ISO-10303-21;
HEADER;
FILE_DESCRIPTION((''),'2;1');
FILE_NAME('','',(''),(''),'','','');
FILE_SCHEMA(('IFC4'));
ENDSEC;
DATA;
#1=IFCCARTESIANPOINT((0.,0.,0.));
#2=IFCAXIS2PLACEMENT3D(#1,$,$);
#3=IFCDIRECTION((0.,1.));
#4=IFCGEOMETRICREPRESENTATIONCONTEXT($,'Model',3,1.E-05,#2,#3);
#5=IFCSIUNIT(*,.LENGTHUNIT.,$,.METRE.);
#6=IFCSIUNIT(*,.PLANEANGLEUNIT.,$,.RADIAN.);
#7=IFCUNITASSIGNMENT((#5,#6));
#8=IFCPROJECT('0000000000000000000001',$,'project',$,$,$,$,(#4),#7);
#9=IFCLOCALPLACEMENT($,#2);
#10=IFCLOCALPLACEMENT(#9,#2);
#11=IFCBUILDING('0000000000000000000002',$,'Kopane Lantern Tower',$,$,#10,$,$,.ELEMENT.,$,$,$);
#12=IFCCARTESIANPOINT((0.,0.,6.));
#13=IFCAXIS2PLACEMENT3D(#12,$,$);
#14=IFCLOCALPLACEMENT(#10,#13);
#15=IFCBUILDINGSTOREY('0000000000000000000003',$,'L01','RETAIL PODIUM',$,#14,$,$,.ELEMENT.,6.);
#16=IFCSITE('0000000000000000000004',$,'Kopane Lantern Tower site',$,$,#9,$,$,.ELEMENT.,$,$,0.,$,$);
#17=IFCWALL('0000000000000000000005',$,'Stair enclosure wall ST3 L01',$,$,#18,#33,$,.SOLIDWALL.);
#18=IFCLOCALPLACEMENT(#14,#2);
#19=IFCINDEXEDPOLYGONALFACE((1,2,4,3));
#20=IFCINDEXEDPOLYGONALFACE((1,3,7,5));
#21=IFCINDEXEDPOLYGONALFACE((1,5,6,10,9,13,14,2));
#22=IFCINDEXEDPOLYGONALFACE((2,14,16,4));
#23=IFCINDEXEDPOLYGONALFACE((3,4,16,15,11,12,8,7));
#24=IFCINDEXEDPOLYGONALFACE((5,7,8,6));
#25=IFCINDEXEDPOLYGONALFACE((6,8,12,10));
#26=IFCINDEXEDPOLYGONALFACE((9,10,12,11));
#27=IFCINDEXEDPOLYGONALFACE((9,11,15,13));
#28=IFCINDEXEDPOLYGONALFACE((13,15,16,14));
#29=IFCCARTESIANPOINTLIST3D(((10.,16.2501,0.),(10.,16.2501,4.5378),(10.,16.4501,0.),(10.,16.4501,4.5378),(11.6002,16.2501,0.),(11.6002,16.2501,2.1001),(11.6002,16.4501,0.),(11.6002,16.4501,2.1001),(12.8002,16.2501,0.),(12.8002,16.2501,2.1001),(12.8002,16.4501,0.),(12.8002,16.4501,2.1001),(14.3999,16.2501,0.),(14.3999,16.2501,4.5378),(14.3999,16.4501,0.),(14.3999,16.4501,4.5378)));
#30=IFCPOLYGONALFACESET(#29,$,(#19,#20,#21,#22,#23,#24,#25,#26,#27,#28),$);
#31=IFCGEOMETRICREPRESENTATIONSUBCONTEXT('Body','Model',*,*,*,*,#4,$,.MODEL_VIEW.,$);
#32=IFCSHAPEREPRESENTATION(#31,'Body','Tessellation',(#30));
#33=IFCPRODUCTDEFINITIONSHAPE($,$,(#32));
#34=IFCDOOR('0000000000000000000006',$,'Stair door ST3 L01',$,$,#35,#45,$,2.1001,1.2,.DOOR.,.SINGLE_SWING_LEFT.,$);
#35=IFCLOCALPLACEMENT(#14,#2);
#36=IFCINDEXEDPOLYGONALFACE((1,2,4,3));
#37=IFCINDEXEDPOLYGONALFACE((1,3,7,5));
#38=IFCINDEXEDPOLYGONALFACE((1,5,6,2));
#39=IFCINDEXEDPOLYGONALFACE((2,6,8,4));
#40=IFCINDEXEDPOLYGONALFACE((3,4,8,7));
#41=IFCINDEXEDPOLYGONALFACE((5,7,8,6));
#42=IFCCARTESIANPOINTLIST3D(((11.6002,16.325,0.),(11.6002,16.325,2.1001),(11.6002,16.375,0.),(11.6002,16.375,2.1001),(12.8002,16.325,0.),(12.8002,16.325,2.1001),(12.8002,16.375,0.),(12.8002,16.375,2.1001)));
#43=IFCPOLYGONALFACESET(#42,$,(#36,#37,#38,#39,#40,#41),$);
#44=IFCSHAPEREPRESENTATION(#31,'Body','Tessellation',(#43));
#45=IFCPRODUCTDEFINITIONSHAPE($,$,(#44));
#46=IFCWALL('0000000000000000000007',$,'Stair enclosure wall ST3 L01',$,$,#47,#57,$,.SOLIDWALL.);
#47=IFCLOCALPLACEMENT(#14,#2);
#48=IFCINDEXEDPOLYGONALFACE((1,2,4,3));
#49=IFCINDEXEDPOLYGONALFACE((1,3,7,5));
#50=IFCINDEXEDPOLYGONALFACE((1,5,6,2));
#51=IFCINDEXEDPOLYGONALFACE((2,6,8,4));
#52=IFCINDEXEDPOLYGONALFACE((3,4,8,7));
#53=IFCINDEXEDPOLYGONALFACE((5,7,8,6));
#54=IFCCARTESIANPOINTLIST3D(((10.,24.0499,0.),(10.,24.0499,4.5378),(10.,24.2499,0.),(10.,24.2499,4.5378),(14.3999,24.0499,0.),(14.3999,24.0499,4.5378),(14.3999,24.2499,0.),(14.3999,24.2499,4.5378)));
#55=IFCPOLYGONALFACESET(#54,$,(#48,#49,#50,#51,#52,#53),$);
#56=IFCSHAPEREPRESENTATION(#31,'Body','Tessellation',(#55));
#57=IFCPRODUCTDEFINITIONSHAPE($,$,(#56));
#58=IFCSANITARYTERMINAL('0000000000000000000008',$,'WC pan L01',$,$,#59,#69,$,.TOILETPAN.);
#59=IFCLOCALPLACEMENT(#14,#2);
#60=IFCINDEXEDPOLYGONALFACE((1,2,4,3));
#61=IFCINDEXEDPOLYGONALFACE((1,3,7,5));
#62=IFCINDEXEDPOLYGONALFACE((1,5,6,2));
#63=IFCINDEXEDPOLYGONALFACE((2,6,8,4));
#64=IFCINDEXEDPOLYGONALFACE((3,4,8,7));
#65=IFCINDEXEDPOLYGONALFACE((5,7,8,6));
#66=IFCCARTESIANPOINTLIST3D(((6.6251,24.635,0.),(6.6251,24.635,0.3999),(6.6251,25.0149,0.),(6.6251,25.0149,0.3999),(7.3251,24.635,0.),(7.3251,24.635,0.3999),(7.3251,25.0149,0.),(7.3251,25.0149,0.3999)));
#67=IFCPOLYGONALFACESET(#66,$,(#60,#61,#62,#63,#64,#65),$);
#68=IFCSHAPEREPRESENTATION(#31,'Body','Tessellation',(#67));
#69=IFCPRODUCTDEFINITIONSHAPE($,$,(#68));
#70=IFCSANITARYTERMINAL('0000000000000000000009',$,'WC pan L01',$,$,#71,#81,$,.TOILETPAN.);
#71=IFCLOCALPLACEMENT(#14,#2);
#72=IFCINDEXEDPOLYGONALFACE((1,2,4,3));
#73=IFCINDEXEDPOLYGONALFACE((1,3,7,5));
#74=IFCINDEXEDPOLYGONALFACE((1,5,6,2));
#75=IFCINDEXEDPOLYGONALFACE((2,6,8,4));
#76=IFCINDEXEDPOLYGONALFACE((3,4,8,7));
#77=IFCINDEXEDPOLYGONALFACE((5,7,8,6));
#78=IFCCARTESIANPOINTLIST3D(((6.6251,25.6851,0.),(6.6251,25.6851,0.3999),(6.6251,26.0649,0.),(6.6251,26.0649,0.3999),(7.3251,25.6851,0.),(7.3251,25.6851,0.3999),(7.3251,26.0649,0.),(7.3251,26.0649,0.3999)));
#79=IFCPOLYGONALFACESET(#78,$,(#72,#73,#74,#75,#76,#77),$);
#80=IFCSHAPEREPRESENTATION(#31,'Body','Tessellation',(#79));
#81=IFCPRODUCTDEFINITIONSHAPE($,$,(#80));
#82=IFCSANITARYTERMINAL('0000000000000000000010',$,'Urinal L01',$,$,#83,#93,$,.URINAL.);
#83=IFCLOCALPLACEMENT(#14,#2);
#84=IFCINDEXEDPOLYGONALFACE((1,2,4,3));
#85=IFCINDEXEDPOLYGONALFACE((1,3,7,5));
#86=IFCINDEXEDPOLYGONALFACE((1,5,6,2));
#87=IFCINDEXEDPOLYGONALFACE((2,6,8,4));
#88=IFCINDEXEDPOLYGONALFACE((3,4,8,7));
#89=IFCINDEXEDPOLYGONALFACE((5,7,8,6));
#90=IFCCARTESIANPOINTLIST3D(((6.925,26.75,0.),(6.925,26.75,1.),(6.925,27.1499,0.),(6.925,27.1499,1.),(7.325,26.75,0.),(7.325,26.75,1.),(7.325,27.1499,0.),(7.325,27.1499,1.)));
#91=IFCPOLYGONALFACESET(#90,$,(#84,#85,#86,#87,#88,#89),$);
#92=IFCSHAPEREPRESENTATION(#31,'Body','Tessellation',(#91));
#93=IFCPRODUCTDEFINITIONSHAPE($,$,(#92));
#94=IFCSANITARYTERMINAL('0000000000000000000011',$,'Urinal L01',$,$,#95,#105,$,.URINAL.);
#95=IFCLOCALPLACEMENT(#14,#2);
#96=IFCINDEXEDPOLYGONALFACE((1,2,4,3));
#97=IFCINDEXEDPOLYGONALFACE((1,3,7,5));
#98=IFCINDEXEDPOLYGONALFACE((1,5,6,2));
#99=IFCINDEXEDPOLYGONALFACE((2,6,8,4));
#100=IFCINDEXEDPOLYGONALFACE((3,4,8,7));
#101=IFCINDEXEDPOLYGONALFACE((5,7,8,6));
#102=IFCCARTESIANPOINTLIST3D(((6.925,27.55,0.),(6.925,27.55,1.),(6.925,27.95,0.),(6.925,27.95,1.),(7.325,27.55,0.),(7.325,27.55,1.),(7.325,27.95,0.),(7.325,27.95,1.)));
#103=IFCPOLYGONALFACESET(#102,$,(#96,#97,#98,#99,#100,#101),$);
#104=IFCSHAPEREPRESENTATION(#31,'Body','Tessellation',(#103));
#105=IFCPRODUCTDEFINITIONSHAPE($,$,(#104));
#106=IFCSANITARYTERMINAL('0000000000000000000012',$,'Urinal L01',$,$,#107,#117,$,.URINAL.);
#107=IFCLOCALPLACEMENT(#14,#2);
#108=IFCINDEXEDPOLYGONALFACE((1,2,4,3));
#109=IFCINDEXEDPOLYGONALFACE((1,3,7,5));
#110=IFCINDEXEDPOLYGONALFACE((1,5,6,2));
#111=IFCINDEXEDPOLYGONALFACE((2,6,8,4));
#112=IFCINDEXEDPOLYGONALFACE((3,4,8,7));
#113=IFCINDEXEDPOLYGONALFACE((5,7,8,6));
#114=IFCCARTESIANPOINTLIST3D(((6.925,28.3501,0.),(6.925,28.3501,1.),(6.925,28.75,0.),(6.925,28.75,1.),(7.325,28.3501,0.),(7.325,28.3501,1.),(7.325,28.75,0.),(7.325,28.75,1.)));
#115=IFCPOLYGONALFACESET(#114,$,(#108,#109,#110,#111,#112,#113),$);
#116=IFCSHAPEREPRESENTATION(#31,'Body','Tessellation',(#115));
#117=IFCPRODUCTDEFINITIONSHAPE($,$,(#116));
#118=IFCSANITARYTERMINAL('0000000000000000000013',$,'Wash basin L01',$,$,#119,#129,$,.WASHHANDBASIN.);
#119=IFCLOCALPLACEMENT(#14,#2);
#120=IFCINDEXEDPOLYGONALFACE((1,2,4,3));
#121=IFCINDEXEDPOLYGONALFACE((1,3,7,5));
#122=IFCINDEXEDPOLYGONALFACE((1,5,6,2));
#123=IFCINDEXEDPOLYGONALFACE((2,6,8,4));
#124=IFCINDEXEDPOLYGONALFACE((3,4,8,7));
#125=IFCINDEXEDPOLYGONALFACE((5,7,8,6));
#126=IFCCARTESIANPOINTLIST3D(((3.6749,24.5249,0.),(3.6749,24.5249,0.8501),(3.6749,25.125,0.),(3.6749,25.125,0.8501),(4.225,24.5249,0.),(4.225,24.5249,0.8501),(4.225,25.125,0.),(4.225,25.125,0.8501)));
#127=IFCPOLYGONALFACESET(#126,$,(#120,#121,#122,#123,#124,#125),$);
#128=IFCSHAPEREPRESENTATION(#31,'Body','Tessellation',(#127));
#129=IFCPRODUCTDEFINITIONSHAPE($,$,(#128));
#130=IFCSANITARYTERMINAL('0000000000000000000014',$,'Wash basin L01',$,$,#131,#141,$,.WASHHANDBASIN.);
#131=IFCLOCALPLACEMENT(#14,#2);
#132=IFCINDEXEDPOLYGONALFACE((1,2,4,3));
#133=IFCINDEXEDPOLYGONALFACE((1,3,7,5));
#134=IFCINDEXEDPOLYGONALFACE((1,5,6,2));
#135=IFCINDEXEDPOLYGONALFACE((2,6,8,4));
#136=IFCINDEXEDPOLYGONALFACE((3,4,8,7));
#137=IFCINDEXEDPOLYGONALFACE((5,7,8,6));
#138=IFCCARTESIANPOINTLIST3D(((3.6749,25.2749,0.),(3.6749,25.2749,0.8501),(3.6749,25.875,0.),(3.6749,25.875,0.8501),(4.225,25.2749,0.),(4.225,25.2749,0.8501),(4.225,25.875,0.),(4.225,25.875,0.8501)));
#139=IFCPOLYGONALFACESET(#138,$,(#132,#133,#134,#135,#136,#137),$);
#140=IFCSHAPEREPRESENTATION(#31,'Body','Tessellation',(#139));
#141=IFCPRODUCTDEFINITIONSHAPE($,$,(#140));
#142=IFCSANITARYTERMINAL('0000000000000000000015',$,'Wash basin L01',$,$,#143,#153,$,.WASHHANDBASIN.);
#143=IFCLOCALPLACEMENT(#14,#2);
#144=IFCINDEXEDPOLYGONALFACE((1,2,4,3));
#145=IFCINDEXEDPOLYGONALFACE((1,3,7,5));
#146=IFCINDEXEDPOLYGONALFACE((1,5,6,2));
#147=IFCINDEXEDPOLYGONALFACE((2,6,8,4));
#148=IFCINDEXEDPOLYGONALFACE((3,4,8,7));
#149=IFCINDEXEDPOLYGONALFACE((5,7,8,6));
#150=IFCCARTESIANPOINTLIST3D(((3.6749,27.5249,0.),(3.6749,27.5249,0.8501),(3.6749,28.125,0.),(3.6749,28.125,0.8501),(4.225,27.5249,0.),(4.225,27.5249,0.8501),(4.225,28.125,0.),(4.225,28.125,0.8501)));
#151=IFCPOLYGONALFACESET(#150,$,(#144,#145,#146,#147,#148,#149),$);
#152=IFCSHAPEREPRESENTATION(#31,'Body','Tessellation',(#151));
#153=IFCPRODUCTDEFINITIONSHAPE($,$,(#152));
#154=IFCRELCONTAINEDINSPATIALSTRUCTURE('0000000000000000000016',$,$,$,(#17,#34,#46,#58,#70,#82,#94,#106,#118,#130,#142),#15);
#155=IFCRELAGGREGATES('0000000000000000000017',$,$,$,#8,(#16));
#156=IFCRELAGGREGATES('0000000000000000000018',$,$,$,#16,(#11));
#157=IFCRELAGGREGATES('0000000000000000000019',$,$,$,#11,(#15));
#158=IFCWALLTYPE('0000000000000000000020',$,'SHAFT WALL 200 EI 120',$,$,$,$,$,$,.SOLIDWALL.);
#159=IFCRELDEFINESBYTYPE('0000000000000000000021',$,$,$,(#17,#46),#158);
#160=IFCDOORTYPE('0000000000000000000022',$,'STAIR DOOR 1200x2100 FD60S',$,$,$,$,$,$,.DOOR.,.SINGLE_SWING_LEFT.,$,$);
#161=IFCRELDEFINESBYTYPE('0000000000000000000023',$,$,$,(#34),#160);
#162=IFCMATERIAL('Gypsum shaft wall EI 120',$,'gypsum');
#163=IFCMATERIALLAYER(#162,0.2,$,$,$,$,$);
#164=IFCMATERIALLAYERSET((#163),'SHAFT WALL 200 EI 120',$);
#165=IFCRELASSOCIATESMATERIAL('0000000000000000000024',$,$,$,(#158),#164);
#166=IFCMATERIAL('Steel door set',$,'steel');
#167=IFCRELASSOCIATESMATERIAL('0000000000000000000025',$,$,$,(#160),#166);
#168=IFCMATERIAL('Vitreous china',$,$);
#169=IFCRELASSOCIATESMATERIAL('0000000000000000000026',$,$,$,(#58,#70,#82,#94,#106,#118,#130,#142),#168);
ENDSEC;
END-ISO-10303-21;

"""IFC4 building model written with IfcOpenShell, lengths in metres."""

from ifc_helpers import new_model, si_unit, direction, frame, frame_2d, origin, origin_2d, place, context, subcontext, project, spatial, rectangle, extrude, material, layer, layer_set, type_object, element, fill, save


model = new_model("IFC4")

# Units and contexts
model_context = context("Model", 3, precision=1e-05, world=origin(), true_north=direction((0.0, 1.0)))
body_context = subcontext(model_context, "Body", "Model", "MODEL_VIEW")
ifc_project = project(units=[si_unit("LENGTHUNIT", "METRE"), si_unit("PLANEANGLEUNIT", "RADIAN")], contexts=[model_context])

# Site, building, storey
site_placement = place(None, origin())
site = spatial("IfcSite", under=ifc_project, at=site_placement, Name="Kopane Lantern Tower site", CompositionType="ELEMENT", RefElevation=0.0)
building_placement = place(site_placement, origin())
building = spatial("IfcBuilding", under=site, at=building_placement, Name="Kopane Lantern Tower", CompositionType="ELEMENT")
storey_placement = place(building_placement, frame((0.0, 0.0, 6.0)))
storey = spatial("IfcBuildingStorey", under=building, at=storey_placement, Name="L01", Description="RETAIL PODIUM", CompositionType="ELEMENT", Elevation=6.0)

# Wall, opening, door
ifc_material_1 = material(Name="Gypsum shaft wall EI 120", Category="gypsum")
ifc_layer_1 = layer(ifc_material_1, 0.2)
ifc_layer_set_1 = layer_set([ifc_layer_1], Name="SHAFT WALL 200 EI 120")
wall_type_1 = type_object("IfcWallType", Name="SHAFT WALL 200 EI 120", PredefinedType="SOLIDWALL", material=ifc_layer_set_1)
wall_1_placement = place(storey_placement, frame((10.0, 16.3501, 0.0), z_axis=(0.0, 0.0, 1.0), x_axis=(1.0, 0.0, 0.0)))
wall_1 = element("IfcWall", 1, at=wall_1_placement, inside=storey, type_object=wall_type_1, Name="Stair enclosure wall ST3 L01", PredefinedType="SOLIDWALL", context=body_context, shape_type="SweptSolid", body=[
    extrude(rectangle(XDim=4.3999, YDim=0.2, at=frame_2d((2.2, 0.0))), origin(), (0.0, 0.0, 1.0), 4.5378),
])
opening_1_placement = place(wall_1_placement, frame((1.6001, 0.0, 0.0)))
opening_1 = element("IfcOpeningElement", 2, at=opening_1_placement, cuts=wall_1, PredefinedType="OPENING", context=body_context, shape_type="SweptSolid", body=[
    extrude(rectangle(XDim=1.2, YDim=2.1001, at=frame_2d((0.6001, 1.05))), frame((0.0, 0.1099, 0.0), z_axis=(0.0, -1.0, 0.0), x_axis=(1.0, 0.0, 0.0)), (0.0, 0.0, 1.0), 0.22),
])
ifc_material_2 = material(Name="Steel door set", Category="steel")
door_type_1 = type_object("IfcDoorType", Name="STAIR DOOR 1200x2100 FD60S", OperationType="SINGLE_SWING_LEFT", PredefinedType="DOOR", material=ifc_material_2)
door_1_placement = place(opening_1_placement, origin())
door_1 = element("IfcDoor", 3, at=door_1_placement, inside=storey, type_object=door_type_1, Name="Stair door ST3 L01", OperationType="SINGLE_SWING_LEFT", OverallHeight=2.1001, OverallWidth=1.2, PredefinedType="DOOR", context=body_context, shape_type="SweptSolid", body=[
    extrude(rectangle(XDim=1.2, YDim=2.1001, at=frame_2d((0.6001, 1.05))), frame((0.0, 0.0249, 0.0), z_axis=(0.0, -1.0, 0.0), x_axis=(1.0, 0.0, 0.0)), (0.0, 0.0, 1.0), 0.05),
])
fill(opening_1, door_1)

# Wall
wall_2_placement = place(storey_placement, frame((10.0, 24.1499, 0.0), z_axis=(0.0, 0.0, 1.0), x_axis=(1.0, 0.0, 0.0)))
element("IfcWall", 4, at=wall_2_placement, inside=storey, type_object=wall_type_1, Name="Stair enclosure wall ST3 L01", PredefinedType="SOLIDWALL", context=body_context, shape_type="SweptSolid", body=[
    extrude(rectangle(XDim=4.3999, YDim=0.2, at=frame_2d((2.2, 0.0))), origin(), (0.0, 0.0, 1.0), 4.5378),
])

# Sanitary terminals
ifc_material_3 = material(Name="Vitreous china")
for number, where, z_axis, x_axis, name in (
    (5, (6.9751, 24.825, 0.0), (0.0, 0.0, 1.0), (1.0, 0.0, 0.0), "WC pan L01"),
    (6, (6.9751, 25.875, 0.0), (0.0, 0.0, 1.0), (1.0, 0.0, 0.0), "WC pan L01"),
):
    element("IfcSanitaryTerminal", number, at=place(storey_placement, frame(where, z_axis=z_axis, x_axis=x_axis)), inside=storey, material=ifc_material_3, Name=name, PredefinedType="TOILETPAN", context=body_context, shape_type="SweptSolid", body=[
        extrude(rectangle(XDim=0.7, YDim=0.3799, at=origin_2d()), origin(), (0.0, 0.0, 1.0), 0.3999),
    ])
for number, where, z_axis, x_axis, name in (
    (7, (7.125, 26.95, 0.0), (0.0, 0.0, 1.0), (1.0, 0.0, 0.0), "Urinal L01"),
    (8, (7.125, 27.75, 0.0), (0.0, 0.0, 1.0), (1.0, 0.0, 0.0), "Urinal L01"),
    (9, (7.125, 28.55, 0.0), (0.0, 0.0, 1.0), (1.0, 0.0, 0.0), "Urinal L01"),
):
    element("IfcSanitaryTerminal", number, at=place(storey_placement, frame(where, z_axis=z_axis, x_axis=x_axis)), inside=storey, material=ifc_material_3, Name=name, PredefinedType="URINAL", context=body_context, shape_type="SweptSolid", body=[
        extrude(rectangle(XDim=0.3999, YDim=0.3999, at=origin_2d()), origin(), (0.0, 0.0, 1.0), 1.0),
    ])
for number, where, z_axis, x_axis, name in (
    (10, (3.95, 24.825, 0.0), (0.0, 0.0, 1.0), (1.0, 0.0, 0.0), "Wash basin L01"),
    (11, (3.95, 25.575, 0.0), (0.0, 0.0, 1.0), (1.0, 0.0, 0.0), "Wash basin L01"),
    (12, (3.95, 27.825, 0.0), (0.0, 0.0, 1.0), (1.0, 0.0, 0.0), "Wash basin L01"),
):
    element("IfcSanitaryTerminal", number, at=place(storey_placement, frame(where, z_axis=z_axis, x_axis=x_axis)), inside=storey, material=ifc_material_3, Name=name, PredefinedType="WASHHANDBASIN", context=body_context, shape_type="SweptSolid", body=[
        extrude(rectangle(XDim=0.55, YDim=0.6001, at=origin_2d()), origin(), (0.0, 0.0, 1.0), 0.8501),
    ])

save(model, "model.ifc")
